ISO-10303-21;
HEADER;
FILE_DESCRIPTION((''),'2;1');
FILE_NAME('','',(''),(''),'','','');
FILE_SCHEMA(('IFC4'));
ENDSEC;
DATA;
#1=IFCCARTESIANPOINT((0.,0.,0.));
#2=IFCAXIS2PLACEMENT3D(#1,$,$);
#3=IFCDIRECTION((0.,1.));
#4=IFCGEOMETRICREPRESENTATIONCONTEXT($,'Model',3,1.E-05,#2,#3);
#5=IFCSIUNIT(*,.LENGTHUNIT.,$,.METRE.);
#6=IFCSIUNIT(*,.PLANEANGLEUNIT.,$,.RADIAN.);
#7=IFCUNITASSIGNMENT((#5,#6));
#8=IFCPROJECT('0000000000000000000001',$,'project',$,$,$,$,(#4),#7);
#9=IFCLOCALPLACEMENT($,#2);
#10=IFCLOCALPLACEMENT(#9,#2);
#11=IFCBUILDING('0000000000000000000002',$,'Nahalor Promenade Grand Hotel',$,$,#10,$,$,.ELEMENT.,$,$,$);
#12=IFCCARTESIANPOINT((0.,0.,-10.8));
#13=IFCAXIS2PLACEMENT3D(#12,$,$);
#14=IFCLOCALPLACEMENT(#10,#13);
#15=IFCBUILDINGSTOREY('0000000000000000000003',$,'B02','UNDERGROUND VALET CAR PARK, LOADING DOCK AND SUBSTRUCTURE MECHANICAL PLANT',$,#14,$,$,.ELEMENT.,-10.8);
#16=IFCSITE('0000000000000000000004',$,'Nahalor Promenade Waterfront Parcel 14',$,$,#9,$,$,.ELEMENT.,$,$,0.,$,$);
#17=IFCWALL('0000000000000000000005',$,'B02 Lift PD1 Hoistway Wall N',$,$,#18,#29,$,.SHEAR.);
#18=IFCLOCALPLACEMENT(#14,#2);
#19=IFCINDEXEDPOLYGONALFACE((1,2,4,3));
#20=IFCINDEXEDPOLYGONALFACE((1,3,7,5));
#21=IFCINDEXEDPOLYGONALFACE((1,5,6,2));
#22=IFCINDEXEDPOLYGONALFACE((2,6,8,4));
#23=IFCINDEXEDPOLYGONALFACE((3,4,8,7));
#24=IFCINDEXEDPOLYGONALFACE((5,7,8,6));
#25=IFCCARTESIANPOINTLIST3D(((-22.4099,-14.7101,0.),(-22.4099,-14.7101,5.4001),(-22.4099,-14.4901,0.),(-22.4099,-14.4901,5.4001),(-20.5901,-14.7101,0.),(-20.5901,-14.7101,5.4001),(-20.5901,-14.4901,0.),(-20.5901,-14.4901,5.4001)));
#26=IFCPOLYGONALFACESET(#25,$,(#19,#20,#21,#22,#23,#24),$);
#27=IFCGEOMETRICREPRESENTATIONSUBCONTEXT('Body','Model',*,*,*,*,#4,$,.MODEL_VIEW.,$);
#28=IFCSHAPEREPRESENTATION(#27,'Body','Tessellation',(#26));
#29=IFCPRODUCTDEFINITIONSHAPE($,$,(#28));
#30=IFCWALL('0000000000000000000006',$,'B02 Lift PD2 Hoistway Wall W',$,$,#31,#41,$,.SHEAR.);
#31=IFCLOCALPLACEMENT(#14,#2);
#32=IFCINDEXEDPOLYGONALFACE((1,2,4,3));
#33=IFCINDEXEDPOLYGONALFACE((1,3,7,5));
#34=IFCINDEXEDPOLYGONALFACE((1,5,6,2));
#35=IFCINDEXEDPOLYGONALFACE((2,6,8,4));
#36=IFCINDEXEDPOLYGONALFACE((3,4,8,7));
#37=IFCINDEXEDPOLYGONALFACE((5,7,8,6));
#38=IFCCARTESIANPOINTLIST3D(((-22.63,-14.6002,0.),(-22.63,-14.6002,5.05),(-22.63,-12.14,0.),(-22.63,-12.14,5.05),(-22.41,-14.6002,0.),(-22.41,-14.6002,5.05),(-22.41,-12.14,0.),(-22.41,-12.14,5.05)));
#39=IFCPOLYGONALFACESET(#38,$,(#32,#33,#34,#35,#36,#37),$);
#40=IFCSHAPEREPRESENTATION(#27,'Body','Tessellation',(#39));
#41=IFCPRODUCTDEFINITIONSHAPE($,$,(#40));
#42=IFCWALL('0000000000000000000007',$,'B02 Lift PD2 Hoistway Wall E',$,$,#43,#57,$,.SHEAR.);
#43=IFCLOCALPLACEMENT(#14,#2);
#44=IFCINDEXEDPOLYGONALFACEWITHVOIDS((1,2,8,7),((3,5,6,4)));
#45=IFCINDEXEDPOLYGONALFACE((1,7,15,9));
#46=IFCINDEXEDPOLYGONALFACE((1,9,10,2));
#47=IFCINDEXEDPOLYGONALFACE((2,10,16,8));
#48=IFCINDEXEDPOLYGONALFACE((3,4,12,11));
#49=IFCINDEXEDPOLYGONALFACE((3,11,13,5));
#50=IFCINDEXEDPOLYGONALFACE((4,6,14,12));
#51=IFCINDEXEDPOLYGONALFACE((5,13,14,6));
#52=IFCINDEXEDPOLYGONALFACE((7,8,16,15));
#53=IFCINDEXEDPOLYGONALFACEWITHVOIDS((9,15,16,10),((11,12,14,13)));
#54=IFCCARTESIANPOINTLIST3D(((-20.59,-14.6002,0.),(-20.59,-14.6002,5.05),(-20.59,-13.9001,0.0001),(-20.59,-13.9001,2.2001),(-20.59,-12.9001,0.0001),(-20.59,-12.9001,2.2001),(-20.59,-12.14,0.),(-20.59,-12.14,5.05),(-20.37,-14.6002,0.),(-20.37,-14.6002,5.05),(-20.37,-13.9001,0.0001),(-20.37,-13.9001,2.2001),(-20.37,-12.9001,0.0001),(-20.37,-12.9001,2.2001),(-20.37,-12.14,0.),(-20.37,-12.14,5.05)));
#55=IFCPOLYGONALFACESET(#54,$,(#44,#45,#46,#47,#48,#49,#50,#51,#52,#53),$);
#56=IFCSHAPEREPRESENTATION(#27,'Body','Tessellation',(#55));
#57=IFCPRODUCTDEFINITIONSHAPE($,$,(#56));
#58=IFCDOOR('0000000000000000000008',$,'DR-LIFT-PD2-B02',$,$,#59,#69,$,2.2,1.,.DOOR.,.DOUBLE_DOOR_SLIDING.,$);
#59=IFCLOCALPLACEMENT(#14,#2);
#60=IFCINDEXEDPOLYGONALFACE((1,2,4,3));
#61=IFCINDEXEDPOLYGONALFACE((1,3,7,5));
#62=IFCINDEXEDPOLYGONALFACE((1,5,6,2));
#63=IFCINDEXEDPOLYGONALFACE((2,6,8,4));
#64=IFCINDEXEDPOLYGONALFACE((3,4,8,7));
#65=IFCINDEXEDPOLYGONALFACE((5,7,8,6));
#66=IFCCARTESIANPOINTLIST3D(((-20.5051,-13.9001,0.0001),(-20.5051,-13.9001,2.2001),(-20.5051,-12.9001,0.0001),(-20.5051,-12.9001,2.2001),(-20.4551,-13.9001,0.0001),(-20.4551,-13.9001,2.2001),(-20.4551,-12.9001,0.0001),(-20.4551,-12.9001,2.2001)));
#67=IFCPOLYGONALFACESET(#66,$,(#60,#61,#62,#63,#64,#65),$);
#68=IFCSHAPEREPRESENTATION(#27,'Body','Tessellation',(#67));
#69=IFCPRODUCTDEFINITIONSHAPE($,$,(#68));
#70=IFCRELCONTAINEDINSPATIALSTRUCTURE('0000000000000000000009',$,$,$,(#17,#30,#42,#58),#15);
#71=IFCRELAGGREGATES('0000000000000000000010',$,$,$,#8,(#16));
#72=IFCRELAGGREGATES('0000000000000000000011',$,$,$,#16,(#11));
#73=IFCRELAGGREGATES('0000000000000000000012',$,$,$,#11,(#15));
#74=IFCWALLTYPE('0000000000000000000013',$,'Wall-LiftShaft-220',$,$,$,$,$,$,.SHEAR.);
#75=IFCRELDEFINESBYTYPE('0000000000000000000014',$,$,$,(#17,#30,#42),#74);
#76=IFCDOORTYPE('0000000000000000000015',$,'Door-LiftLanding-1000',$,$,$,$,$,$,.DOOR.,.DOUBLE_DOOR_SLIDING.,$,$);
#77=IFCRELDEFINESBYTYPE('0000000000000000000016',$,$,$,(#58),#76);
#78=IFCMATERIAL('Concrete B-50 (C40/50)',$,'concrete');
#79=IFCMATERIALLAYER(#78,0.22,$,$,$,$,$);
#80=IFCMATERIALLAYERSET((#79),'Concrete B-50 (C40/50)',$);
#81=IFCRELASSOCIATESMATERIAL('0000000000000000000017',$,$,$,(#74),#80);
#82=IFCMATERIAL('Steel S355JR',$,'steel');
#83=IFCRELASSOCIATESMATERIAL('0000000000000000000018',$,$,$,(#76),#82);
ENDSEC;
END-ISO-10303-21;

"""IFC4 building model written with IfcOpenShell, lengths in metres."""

from ifc_helpers import new_model, si_unit, direction, frame, frame_2d, origin, place, context, subcontext, project, spatial, rectangle, extrude, source, transform, mapped, material, layer, layer_set, type_object, element, fill, save


model = new_model("IFC4")

# Units and contexts
model_context = context("Model", 3, precision=1e-05, world=origin(), true_north=direction((0.0, 1.0)))
body_context = subcontext(model_context, "Body", "Model", "MODEL_VIEW")
ifc_project = project(units=[si_unit("LENGTHUNIT", "METRE"), si_unit("PLANEANGLEUNIT", "RADIAN")], contexts=[model_context])

# Site, building, storey
site_placement = place(None, origin())
site = spatial("IfcSite", under=ifc_project, at=site_placement, Name="Nahalor Promenade Waterfront Parcel 14", CompositionType="ELEMENT", RefElevation=0.0)
building_placement = place(site_placement, origin())
building = spatial("IfcBuilding", under=site, at=building_placement, Name="Nahalor Promenade Grand Hotel", CompositionType="ELEMENT")
storey_placement = place(building_placement, frame((0.0, 0.0, -10.8)))
storey = spatial("IfcBuildingStorey", under=building, at=storey_placement, Name="B02", Description="UNDERGROUND VALET CAR PARK, LOADING DOCK AND SUBSTRUCTURE MECHANICAL PLANT", CompositionType="ELEMENT", Elevation=-10.8)

# Shared definitions
ifc_material_1 = material(Name="Concrete B-50 (C40/50)", Category="concrete")

# Shared definitions
ifc_material_2 = material(Name="Steel S355JR", Category="steel")

# Walls
ifc_layer = layer(ifc_material_1, 0.22)
ifc_layer_set = layer_set([ifc_layer], Name="Concrete B-50 (C40/50)")
wall_type = type_object("IfcWallType", Name="Wall-LiftShaft-220", PredefinedType="SHEAR", material=ifc_layer_set)
shared_shape_1 = source(origin(), body_context, "Body", "SweptSolid", [
    extrude(rectangle(XDim=1.8198, YDim=0.22, at=frame_2d((0.9099, 0.0))), origin(), (0.0, 0.0, 1.0), 5.4001),
])
wall_1_placement = place(storey_placement, frame((-22.4099, -14.6001, 0.0), z_axis=(0.0, 0.0, 1.0), x_axis=(1.0, 0.0, 0.0)))
element("IfcWall", 1, at=wall_1_placement, inside=storey, type_object=wall_type, Name="B02 Lift PD1 Hoistway Wall N", PredefinedType="SHEAR", context=body_context, shape_type="MappedRepresentation", body=[
    mapped(shared_shape_1, transform((0.0, 0.0, 0.0), scale=1.0)),
])
shared_shape_2 = source(origin(), body_context, "Body", "SweptSolid", [
    extrude(rectangle(XDim=2.4602, YDim=0.22, at=frame_2d((1.23, 0.0))), origin(), (0.0, 0.0, 1.0), 5.05),
])
wall_2_placement = place(storey_placement, frame((-22.52, -14.6001, 0.0), z_axis=(0.0, 0.0, 1.0), x_axis=(0.0, 1.0, 0.0)))
element("IfcWall", 2, at=wall_2_placement, inside=storey, type_object=wall_type, Name="B02 Lift PD2 Hoistway Wall W", PredefinedType="SHEAR", context=body_context, shape_type="MappedRepresentation", body=[
    mapped(shared_shape_2, transform((0.0, 0.0, 0.0), scale=1.0)),
])

# Wall, opening, door
wall_3_placement = place(storey_placement, frame((-20.48, -14.6001, 0.0), z_axis=(0.0, 0.0, 1.0), x_axis=(0.0, 1.0, 0.0)))
wall_3 = element("IfcWall", 3, at=wall_3_placement, inside=storey, type_object=wall_type, Name="B02 Lift PD2 Hoistway Wall E", PredefinedType="SHEAR", context=body_context, shape_type="MappedRepresentation", body=[
    mapped(shared_shape_2, transform((0.0, 0.0, 0.0), scale=1.0)),
])
opening_placement = place(wall_3_placement, frame((0.7, 0.0, 0.0)))
opening = element("IfcOpeningElement", 4, at=opening_placement, cuts=wall_3, PredefinedType="OPENING", context=body_context, shape_type="SweptSolid", body=[
    extrude(rectangle(XDim=1.0, YDim=2.2, at=frame_2d((0.5, 1.1001))), frame((0.0, 0.1199, 0.0), z_axis=(0.0, -1.0, 0.0), x_axis=(1.0, 0.0, 0.0)), (0.0, 0.0, 1.0), 0.24),
])
door_type = type_object("IfcDoorType", Name="Door-LiftLanding-1000", OperationType="DOUBLE_DOOR_SLIDING", PredefinedType="DOOR", material=ifc_material_2)
shared_shape_3 = source(origin(), body_context, "Body", "SweptSolid", [
    extrude(rectangle(XDim=1.0, YDim=2.2, at=frame_2d((0.5, 1.1001))), frame((0.0, 0.0249, 0.0), z_axis=(0.0, -1.0, 0.0), x_axis=(1.0, 0.0, 0.0)), (0.0, 0.0, 1.0), 0.05),
])
door_placement = place(opening_placement, frame((1.0, 0.0, 0.0), z_axis=(0.0, 0.0, 1.0), x_axis=(-1.0, 0.0, 0.0)))
door = element("IfcDoor", 5, at=door_placement, inside=storey, type_object=door_type, Name="DR-LIFT-PD2-B02", OperationType="DOUBLE_DOOR_SLIDING", OverallHeight=2.2, OverallWidth=1.0, PredefinedType="DOOR", context=body_context, shape_type="MappedRepresentation", body=[
    mapped(shared_shape_3, transform((0.0, 0.0, 0.0), scale=1.0)),
])
fill(opening, door)

save(model, "model.ifc")
